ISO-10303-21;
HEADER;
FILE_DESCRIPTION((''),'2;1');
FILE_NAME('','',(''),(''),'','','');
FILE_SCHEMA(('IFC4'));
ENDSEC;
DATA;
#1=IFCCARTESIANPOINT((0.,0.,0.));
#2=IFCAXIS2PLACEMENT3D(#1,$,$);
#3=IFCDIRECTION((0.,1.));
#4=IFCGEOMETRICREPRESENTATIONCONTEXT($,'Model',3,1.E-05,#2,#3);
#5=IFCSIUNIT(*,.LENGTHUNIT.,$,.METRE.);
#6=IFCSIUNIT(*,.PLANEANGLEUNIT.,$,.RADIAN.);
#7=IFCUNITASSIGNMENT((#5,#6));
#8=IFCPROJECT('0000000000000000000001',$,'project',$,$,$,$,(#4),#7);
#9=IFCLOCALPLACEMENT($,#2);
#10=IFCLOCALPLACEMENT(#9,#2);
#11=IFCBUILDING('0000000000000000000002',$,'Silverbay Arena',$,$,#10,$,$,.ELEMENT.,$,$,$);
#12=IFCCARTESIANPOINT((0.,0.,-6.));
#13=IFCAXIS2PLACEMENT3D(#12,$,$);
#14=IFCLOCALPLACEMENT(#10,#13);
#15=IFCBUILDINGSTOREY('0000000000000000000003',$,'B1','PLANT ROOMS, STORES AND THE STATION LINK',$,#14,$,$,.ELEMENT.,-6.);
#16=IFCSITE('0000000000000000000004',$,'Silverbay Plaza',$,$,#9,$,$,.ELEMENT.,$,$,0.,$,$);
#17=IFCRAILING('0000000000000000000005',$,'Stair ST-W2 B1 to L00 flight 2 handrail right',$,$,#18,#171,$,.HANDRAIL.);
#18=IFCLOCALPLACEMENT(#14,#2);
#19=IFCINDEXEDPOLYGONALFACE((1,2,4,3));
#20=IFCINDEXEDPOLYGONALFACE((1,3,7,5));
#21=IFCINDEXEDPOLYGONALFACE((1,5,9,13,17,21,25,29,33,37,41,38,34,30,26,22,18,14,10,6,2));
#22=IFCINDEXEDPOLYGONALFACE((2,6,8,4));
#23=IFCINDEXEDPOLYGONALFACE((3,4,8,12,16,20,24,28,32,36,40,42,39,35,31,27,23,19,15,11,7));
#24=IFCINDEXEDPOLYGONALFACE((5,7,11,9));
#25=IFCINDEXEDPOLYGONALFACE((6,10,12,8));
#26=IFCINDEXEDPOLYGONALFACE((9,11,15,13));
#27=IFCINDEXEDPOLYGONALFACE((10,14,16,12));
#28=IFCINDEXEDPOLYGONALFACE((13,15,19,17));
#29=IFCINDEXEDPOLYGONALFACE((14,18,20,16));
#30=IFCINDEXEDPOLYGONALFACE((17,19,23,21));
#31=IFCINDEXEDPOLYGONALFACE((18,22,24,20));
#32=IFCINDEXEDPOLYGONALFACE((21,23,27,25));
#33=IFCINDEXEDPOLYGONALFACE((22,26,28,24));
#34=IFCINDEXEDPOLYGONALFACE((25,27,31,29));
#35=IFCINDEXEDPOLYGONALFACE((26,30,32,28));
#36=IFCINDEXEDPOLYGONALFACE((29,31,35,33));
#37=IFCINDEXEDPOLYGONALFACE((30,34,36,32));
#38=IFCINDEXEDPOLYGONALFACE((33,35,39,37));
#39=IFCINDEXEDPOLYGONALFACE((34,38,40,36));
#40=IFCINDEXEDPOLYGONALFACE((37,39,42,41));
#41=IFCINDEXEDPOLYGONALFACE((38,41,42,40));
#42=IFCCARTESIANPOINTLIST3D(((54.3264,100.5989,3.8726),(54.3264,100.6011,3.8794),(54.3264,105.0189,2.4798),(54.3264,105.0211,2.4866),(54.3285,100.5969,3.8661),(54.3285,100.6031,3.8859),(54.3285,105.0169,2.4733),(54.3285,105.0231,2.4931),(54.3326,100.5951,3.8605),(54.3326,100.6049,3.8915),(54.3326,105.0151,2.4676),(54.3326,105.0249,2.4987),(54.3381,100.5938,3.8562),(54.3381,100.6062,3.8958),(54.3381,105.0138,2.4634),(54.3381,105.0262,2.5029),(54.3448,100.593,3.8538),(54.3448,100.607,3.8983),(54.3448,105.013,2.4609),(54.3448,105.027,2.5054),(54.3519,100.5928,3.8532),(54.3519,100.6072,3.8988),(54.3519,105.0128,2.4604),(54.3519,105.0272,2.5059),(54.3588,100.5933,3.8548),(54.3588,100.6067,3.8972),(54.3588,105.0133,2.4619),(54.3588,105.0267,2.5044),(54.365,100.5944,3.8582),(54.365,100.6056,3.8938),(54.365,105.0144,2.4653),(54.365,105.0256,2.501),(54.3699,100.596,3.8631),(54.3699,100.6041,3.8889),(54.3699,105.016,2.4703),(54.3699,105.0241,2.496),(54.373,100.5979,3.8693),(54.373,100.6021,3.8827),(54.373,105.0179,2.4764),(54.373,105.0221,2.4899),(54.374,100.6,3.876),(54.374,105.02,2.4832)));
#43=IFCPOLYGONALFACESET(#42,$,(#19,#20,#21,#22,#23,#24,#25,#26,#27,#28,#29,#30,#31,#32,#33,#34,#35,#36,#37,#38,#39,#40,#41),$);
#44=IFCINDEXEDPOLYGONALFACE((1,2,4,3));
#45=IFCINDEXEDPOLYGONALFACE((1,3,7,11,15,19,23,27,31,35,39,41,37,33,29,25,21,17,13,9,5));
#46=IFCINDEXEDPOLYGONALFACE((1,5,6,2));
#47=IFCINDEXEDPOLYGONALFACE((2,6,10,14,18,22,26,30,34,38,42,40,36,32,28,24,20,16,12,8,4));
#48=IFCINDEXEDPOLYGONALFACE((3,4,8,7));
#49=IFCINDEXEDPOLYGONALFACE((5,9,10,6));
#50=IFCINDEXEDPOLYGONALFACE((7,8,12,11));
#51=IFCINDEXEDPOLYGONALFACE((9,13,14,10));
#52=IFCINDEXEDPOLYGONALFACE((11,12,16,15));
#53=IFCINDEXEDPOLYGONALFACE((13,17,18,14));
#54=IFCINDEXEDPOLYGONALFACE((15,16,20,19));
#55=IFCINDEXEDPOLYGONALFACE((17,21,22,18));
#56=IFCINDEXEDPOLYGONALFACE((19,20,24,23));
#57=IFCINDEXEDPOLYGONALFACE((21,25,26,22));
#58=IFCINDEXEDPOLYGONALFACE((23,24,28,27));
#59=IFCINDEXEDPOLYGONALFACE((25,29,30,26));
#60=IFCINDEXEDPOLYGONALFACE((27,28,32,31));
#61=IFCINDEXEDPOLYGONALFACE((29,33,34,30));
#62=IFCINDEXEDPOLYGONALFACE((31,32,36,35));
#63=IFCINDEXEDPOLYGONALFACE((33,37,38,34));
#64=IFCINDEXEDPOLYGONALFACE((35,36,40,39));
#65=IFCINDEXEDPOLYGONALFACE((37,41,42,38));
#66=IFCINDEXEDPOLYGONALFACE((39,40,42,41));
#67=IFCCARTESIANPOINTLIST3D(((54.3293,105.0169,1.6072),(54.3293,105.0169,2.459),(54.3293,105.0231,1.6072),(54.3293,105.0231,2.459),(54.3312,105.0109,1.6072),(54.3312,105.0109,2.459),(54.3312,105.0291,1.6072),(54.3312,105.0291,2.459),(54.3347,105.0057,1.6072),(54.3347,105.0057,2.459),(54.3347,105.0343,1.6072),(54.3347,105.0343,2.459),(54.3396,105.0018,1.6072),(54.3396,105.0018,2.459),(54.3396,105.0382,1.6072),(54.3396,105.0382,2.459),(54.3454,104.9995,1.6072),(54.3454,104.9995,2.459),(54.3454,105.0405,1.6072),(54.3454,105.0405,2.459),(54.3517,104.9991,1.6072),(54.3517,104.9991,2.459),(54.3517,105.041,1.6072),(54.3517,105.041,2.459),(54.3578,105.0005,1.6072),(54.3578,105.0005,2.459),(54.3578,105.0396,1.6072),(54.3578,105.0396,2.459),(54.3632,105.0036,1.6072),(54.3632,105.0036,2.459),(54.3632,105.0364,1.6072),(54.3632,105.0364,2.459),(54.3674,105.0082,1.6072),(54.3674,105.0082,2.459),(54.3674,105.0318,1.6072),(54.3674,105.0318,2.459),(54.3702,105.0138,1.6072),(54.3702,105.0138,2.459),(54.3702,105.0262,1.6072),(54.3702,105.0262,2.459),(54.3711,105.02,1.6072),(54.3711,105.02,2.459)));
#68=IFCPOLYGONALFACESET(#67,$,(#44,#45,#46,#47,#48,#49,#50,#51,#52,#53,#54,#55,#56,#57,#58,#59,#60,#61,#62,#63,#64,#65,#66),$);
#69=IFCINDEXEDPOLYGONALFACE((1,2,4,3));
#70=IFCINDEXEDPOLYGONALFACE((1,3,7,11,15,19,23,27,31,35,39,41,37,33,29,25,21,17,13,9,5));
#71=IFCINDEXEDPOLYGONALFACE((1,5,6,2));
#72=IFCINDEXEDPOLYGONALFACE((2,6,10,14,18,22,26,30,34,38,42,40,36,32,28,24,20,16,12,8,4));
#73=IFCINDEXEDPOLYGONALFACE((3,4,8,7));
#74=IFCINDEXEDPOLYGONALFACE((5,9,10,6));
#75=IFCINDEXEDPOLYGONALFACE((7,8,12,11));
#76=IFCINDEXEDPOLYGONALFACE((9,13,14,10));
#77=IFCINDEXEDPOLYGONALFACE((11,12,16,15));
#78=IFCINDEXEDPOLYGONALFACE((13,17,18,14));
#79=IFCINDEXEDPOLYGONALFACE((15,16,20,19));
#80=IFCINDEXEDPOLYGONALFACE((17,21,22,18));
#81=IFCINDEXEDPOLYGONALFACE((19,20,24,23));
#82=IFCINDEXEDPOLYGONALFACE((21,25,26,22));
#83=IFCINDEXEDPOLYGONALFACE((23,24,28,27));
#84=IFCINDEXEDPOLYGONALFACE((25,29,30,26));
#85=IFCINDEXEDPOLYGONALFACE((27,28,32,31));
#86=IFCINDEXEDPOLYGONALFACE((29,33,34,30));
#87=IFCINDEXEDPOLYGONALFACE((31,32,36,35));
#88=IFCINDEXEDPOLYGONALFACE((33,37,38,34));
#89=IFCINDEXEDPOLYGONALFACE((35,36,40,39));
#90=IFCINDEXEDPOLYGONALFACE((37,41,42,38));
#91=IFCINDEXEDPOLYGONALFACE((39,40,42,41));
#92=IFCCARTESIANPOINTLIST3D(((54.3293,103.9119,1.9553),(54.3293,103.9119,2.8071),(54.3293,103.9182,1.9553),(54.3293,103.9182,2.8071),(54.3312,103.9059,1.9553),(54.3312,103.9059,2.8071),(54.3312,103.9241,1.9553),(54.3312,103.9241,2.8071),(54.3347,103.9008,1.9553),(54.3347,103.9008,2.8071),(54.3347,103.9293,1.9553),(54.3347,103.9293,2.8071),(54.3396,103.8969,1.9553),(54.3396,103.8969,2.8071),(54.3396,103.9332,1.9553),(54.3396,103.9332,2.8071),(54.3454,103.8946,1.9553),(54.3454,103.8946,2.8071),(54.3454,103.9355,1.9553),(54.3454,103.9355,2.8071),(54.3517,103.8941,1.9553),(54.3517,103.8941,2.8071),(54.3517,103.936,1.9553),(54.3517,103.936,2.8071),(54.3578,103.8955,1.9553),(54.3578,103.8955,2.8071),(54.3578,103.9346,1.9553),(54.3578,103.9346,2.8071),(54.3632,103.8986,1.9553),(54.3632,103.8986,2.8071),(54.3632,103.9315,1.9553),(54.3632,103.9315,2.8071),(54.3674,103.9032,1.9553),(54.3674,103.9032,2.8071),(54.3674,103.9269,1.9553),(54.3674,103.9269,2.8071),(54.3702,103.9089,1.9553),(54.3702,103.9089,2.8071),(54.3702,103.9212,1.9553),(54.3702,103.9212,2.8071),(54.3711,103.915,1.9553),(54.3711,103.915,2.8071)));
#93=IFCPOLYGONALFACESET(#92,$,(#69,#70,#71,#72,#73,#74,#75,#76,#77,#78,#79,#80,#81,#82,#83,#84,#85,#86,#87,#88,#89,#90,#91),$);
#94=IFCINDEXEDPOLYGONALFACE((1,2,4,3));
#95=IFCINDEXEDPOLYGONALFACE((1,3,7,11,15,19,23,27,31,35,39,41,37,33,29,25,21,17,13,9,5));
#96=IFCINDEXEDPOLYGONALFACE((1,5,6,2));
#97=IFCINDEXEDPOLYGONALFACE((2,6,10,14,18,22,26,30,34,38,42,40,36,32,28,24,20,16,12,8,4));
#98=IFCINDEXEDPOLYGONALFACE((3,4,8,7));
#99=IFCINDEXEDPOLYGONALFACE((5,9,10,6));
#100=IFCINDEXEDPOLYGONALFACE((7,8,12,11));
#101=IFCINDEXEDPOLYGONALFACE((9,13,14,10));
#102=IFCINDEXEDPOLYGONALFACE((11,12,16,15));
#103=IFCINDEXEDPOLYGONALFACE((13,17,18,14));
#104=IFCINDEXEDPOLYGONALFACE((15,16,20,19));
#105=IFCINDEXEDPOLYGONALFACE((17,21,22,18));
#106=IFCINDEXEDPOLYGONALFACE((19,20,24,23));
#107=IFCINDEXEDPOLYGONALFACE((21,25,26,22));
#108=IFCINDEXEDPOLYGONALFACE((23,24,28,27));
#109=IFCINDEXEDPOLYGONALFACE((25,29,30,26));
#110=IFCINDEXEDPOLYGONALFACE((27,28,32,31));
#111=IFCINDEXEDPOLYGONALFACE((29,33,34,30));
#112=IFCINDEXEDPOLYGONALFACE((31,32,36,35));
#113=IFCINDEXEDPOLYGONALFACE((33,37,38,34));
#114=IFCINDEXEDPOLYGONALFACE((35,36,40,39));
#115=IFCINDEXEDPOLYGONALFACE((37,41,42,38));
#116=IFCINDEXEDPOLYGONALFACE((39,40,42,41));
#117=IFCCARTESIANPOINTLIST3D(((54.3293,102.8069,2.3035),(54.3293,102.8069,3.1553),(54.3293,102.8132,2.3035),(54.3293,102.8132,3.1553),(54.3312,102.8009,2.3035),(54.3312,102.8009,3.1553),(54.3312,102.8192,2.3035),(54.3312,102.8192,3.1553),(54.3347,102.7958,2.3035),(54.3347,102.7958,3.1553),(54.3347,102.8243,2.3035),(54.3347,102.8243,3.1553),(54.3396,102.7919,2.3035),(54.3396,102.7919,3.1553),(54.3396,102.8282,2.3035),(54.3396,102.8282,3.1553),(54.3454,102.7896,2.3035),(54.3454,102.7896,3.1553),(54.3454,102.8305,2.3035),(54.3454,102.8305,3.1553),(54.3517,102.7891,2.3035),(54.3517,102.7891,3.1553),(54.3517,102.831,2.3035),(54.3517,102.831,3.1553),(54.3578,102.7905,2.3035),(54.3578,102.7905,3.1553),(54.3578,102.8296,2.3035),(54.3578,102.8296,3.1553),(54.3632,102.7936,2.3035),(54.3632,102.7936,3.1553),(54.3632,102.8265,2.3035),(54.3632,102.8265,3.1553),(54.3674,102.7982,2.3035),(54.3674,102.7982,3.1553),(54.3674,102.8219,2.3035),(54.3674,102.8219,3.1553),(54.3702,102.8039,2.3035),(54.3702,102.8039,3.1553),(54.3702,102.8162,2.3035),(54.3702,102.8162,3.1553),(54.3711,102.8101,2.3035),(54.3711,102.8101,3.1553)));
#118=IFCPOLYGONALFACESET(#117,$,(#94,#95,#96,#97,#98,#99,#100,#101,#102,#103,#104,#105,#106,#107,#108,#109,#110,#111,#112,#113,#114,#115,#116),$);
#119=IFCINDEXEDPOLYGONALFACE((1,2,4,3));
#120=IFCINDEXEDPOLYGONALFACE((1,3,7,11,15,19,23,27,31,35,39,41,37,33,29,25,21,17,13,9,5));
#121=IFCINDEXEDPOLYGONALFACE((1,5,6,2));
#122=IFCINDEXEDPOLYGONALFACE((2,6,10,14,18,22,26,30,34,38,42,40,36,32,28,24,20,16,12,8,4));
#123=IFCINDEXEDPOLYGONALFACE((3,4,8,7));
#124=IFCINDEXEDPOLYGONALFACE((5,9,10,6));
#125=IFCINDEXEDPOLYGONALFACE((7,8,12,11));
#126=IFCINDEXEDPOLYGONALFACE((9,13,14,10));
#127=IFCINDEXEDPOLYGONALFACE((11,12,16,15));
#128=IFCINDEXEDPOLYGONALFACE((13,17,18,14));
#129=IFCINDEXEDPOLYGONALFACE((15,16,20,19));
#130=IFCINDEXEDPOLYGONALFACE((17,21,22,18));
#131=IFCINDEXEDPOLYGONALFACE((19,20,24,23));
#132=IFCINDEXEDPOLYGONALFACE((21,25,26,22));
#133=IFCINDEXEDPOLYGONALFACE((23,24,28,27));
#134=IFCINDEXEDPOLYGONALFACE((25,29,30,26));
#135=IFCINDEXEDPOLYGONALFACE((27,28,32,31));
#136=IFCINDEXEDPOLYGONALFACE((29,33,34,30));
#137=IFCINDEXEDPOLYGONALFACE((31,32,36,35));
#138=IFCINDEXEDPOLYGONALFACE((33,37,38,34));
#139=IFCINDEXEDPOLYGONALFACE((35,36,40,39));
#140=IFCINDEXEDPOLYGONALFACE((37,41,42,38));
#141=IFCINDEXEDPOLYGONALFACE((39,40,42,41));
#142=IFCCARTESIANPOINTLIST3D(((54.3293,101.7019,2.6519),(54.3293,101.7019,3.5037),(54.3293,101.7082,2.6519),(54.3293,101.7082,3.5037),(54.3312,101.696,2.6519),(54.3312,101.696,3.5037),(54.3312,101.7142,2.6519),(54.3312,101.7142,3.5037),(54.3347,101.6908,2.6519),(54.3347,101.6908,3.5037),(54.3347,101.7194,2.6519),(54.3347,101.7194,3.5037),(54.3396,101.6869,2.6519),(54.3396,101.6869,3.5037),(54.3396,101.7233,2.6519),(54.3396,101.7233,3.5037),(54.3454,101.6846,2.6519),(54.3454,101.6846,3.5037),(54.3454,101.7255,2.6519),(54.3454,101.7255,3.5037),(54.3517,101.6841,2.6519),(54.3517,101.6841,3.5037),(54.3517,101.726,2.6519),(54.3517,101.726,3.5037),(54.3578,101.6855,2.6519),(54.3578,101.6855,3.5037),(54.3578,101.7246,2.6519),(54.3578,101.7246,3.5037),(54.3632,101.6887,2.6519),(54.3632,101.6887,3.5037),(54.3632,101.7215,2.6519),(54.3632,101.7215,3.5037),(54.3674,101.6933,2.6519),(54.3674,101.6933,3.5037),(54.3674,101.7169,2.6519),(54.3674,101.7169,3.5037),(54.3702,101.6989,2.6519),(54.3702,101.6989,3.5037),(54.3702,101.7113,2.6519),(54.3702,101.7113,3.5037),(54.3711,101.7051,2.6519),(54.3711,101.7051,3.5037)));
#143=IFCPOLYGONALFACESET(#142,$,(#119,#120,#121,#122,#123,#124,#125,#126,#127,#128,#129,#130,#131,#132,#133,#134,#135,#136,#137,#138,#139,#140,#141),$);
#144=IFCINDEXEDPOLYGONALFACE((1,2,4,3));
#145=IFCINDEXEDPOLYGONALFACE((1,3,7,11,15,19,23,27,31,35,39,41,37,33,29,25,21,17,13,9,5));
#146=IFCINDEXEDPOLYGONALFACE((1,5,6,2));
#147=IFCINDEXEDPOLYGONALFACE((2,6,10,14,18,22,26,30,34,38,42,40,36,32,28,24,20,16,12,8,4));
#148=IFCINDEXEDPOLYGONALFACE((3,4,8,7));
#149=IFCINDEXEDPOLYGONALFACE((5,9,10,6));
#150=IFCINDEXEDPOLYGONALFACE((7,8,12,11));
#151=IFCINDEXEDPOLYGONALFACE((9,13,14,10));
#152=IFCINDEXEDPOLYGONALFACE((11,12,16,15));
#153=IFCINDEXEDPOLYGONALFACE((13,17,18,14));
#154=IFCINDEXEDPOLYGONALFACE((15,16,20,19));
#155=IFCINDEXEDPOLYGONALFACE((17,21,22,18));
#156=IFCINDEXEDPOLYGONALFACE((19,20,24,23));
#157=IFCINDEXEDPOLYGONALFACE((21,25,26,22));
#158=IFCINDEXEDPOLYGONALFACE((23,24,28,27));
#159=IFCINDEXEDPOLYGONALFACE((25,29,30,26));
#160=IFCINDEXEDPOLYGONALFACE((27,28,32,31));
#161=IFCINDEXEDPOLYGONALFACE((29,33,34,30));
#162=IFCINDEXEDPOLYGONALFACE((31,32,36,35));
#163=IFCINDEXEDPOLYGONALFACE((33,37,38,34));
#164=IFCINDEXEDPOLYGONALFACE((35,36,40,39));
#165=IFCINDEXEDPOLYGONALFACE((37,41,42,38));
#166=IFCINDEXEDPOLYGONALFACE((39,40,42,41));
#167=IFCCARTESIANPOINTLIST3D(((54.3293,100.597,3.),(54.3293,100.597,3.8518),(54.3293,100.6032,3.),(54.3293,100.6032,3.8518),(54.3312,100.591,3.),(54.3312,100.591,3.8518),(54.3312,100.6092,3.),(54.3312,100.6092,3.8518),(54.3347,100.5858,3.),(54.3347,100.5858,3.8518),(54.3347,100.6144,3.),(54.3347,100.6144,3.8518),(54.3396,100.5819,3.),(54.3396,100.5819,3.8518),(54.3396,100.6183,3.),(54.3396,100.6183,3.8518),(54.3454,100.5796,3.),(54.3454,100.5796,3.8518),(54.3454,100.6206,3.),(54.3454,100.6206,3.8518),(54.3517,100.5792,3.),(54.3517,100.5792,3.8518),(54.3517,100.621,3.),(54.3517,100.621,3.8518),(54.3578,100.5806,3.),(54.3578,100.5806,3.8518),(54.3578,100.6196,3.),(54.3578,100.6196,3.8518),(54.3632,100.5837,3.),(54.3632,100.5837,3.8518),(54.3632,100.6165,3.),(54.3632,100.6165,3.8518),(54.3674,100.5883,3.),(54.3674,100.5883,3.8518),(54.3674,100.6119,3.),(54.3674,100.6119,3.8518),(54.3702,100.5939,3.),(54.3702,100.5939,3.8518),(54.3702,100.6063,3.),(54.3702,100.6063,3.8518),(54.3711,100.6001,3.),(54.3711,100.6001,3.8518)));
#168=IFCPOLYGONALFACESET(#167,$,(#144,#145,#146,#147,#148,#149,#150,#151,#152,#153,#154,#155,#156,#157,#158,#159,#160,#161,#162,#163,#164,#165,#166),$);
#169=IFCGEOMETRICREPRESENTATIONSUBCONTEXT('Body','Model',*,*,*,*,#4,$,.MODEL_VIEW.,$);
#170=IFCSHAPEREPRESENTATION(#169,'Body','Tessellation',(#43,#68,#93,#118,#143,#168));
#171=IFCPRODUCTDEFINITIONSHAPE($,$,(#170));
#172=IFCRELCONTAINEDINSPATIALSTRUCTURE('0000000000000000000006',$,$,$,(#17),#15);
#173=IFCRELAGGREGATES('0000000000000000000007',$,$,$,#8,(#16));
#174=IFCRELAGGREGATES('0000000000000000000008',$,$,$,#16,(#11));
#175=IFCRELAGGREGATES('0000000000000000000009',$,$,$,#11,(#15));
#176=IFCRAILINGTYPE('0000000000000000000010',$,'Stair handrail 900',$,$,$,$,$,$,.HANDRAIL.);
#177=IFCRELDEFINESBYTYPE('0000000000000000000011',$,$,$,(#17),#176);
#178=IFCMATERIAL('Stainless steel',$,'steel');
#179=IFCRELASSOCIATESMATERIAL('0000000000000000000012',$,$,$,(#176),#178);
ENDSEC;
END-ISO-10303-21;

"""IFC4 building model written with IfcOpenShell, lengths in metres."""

from ifc_helpers import new_model, si_unit, direction, frame, origin, origin_2d, place, context, subcontext, project, spatial, circle, extrude, material, type_object, element, save


model = new_model("IFC4")

# Units and contexts
model_context = context("Model", 3, precision=1e-05, world=origin(), true_north=direction((0.0, 1.0)))
body_context = subcontext(model_context, "Body", "Model", "MODEL_VIEW")
ifc_project = project(units=[si_unit("LENGTHUNIT", "METRE"), si_unit("PLANEANGLEUNIT", "RADIAN")], contexts=[model_context])

# Site, building, storey
site_placement = place(None, origin())
site = spatial("IfcSite", under=ifc_project, at=site_placement, Name="Silverbay Plaza", CompositionType="ELEMENT", RefElevation=0.0)
building_placement = place(site_placement, origin())
building = spatial("IfcBuilding", under=site, at=building_placement, Name="Silverbay Arena", CompositionType="ELEMENT")
storey_placement = place(building_placement, frame((0.0, 0.0, -6.0)))
storey = spatial("IfcBuildingStorey", under=building, at=storey_placement, Name="B1", Description="PLANT ROOMS, STORES AND THE STATION LINK", CompositionType="ELEMENT", Elevation=-6.0)

# Railing
ifc_material_1 = material(Name="Stainless steel", Category="steel")
railing_type_1 = type_object("IfcRailingType", Name="Stair handrail 900", PredefinedType="HANDRAIL", material=ifc_material_1)
for number, where, name in (
    (1, (54.3501, 105.02, 1.6072), "Stair ST-W2 B1 to L00 flight 2 handrail right"),
):
    element("IfcRailing", number, at=place(storey_placement, frame(where)), inside=storey, type_object=railing_type_1, Name=name, PredefinedType="HANDRAIL", context=body_context, shape_type="SweptSolid", body=[
        extrude(circle(Radius=0.0239, at=origin_2d()), frame((0.0, 0.0, 0.876), z_axis=(0.0, -0.953765, 0.300554), x_axis=(1.0, 0.0, 0.0)), (0.0, 0.0, 1.0), 4.6343),
        extrude(circle(Radius=0.021, at=origin_2d()), origin(), (0.0, 0.0, 1.0), 0.8518),
        extrude(circle(Radius=0.021, at=origin_2d()), frame((0.0, -1.105, 0.3481)), (0.0, 0.0, 1.0), 0.8518),
        extrude(circle(Radius=0.021, at=origin_2d()), frame((0.0, -2.21, 0.6963)), (0.0, 0.0, 1.0), 0.8518),
        extrude(circle(Radius=0.021, at=origin_2d()), frame((0.0, -3.3149, 1.0447)), (0.0, 0.0, 1.0), 0.8518),
        extrude(circle(Radius=0.021, at=origin_2d()), frame((0.0, -4.4199, 1.3928)), (0.0, 0.0, 1.0), 0.8518),
    ])

save(model, "model.ifc")
